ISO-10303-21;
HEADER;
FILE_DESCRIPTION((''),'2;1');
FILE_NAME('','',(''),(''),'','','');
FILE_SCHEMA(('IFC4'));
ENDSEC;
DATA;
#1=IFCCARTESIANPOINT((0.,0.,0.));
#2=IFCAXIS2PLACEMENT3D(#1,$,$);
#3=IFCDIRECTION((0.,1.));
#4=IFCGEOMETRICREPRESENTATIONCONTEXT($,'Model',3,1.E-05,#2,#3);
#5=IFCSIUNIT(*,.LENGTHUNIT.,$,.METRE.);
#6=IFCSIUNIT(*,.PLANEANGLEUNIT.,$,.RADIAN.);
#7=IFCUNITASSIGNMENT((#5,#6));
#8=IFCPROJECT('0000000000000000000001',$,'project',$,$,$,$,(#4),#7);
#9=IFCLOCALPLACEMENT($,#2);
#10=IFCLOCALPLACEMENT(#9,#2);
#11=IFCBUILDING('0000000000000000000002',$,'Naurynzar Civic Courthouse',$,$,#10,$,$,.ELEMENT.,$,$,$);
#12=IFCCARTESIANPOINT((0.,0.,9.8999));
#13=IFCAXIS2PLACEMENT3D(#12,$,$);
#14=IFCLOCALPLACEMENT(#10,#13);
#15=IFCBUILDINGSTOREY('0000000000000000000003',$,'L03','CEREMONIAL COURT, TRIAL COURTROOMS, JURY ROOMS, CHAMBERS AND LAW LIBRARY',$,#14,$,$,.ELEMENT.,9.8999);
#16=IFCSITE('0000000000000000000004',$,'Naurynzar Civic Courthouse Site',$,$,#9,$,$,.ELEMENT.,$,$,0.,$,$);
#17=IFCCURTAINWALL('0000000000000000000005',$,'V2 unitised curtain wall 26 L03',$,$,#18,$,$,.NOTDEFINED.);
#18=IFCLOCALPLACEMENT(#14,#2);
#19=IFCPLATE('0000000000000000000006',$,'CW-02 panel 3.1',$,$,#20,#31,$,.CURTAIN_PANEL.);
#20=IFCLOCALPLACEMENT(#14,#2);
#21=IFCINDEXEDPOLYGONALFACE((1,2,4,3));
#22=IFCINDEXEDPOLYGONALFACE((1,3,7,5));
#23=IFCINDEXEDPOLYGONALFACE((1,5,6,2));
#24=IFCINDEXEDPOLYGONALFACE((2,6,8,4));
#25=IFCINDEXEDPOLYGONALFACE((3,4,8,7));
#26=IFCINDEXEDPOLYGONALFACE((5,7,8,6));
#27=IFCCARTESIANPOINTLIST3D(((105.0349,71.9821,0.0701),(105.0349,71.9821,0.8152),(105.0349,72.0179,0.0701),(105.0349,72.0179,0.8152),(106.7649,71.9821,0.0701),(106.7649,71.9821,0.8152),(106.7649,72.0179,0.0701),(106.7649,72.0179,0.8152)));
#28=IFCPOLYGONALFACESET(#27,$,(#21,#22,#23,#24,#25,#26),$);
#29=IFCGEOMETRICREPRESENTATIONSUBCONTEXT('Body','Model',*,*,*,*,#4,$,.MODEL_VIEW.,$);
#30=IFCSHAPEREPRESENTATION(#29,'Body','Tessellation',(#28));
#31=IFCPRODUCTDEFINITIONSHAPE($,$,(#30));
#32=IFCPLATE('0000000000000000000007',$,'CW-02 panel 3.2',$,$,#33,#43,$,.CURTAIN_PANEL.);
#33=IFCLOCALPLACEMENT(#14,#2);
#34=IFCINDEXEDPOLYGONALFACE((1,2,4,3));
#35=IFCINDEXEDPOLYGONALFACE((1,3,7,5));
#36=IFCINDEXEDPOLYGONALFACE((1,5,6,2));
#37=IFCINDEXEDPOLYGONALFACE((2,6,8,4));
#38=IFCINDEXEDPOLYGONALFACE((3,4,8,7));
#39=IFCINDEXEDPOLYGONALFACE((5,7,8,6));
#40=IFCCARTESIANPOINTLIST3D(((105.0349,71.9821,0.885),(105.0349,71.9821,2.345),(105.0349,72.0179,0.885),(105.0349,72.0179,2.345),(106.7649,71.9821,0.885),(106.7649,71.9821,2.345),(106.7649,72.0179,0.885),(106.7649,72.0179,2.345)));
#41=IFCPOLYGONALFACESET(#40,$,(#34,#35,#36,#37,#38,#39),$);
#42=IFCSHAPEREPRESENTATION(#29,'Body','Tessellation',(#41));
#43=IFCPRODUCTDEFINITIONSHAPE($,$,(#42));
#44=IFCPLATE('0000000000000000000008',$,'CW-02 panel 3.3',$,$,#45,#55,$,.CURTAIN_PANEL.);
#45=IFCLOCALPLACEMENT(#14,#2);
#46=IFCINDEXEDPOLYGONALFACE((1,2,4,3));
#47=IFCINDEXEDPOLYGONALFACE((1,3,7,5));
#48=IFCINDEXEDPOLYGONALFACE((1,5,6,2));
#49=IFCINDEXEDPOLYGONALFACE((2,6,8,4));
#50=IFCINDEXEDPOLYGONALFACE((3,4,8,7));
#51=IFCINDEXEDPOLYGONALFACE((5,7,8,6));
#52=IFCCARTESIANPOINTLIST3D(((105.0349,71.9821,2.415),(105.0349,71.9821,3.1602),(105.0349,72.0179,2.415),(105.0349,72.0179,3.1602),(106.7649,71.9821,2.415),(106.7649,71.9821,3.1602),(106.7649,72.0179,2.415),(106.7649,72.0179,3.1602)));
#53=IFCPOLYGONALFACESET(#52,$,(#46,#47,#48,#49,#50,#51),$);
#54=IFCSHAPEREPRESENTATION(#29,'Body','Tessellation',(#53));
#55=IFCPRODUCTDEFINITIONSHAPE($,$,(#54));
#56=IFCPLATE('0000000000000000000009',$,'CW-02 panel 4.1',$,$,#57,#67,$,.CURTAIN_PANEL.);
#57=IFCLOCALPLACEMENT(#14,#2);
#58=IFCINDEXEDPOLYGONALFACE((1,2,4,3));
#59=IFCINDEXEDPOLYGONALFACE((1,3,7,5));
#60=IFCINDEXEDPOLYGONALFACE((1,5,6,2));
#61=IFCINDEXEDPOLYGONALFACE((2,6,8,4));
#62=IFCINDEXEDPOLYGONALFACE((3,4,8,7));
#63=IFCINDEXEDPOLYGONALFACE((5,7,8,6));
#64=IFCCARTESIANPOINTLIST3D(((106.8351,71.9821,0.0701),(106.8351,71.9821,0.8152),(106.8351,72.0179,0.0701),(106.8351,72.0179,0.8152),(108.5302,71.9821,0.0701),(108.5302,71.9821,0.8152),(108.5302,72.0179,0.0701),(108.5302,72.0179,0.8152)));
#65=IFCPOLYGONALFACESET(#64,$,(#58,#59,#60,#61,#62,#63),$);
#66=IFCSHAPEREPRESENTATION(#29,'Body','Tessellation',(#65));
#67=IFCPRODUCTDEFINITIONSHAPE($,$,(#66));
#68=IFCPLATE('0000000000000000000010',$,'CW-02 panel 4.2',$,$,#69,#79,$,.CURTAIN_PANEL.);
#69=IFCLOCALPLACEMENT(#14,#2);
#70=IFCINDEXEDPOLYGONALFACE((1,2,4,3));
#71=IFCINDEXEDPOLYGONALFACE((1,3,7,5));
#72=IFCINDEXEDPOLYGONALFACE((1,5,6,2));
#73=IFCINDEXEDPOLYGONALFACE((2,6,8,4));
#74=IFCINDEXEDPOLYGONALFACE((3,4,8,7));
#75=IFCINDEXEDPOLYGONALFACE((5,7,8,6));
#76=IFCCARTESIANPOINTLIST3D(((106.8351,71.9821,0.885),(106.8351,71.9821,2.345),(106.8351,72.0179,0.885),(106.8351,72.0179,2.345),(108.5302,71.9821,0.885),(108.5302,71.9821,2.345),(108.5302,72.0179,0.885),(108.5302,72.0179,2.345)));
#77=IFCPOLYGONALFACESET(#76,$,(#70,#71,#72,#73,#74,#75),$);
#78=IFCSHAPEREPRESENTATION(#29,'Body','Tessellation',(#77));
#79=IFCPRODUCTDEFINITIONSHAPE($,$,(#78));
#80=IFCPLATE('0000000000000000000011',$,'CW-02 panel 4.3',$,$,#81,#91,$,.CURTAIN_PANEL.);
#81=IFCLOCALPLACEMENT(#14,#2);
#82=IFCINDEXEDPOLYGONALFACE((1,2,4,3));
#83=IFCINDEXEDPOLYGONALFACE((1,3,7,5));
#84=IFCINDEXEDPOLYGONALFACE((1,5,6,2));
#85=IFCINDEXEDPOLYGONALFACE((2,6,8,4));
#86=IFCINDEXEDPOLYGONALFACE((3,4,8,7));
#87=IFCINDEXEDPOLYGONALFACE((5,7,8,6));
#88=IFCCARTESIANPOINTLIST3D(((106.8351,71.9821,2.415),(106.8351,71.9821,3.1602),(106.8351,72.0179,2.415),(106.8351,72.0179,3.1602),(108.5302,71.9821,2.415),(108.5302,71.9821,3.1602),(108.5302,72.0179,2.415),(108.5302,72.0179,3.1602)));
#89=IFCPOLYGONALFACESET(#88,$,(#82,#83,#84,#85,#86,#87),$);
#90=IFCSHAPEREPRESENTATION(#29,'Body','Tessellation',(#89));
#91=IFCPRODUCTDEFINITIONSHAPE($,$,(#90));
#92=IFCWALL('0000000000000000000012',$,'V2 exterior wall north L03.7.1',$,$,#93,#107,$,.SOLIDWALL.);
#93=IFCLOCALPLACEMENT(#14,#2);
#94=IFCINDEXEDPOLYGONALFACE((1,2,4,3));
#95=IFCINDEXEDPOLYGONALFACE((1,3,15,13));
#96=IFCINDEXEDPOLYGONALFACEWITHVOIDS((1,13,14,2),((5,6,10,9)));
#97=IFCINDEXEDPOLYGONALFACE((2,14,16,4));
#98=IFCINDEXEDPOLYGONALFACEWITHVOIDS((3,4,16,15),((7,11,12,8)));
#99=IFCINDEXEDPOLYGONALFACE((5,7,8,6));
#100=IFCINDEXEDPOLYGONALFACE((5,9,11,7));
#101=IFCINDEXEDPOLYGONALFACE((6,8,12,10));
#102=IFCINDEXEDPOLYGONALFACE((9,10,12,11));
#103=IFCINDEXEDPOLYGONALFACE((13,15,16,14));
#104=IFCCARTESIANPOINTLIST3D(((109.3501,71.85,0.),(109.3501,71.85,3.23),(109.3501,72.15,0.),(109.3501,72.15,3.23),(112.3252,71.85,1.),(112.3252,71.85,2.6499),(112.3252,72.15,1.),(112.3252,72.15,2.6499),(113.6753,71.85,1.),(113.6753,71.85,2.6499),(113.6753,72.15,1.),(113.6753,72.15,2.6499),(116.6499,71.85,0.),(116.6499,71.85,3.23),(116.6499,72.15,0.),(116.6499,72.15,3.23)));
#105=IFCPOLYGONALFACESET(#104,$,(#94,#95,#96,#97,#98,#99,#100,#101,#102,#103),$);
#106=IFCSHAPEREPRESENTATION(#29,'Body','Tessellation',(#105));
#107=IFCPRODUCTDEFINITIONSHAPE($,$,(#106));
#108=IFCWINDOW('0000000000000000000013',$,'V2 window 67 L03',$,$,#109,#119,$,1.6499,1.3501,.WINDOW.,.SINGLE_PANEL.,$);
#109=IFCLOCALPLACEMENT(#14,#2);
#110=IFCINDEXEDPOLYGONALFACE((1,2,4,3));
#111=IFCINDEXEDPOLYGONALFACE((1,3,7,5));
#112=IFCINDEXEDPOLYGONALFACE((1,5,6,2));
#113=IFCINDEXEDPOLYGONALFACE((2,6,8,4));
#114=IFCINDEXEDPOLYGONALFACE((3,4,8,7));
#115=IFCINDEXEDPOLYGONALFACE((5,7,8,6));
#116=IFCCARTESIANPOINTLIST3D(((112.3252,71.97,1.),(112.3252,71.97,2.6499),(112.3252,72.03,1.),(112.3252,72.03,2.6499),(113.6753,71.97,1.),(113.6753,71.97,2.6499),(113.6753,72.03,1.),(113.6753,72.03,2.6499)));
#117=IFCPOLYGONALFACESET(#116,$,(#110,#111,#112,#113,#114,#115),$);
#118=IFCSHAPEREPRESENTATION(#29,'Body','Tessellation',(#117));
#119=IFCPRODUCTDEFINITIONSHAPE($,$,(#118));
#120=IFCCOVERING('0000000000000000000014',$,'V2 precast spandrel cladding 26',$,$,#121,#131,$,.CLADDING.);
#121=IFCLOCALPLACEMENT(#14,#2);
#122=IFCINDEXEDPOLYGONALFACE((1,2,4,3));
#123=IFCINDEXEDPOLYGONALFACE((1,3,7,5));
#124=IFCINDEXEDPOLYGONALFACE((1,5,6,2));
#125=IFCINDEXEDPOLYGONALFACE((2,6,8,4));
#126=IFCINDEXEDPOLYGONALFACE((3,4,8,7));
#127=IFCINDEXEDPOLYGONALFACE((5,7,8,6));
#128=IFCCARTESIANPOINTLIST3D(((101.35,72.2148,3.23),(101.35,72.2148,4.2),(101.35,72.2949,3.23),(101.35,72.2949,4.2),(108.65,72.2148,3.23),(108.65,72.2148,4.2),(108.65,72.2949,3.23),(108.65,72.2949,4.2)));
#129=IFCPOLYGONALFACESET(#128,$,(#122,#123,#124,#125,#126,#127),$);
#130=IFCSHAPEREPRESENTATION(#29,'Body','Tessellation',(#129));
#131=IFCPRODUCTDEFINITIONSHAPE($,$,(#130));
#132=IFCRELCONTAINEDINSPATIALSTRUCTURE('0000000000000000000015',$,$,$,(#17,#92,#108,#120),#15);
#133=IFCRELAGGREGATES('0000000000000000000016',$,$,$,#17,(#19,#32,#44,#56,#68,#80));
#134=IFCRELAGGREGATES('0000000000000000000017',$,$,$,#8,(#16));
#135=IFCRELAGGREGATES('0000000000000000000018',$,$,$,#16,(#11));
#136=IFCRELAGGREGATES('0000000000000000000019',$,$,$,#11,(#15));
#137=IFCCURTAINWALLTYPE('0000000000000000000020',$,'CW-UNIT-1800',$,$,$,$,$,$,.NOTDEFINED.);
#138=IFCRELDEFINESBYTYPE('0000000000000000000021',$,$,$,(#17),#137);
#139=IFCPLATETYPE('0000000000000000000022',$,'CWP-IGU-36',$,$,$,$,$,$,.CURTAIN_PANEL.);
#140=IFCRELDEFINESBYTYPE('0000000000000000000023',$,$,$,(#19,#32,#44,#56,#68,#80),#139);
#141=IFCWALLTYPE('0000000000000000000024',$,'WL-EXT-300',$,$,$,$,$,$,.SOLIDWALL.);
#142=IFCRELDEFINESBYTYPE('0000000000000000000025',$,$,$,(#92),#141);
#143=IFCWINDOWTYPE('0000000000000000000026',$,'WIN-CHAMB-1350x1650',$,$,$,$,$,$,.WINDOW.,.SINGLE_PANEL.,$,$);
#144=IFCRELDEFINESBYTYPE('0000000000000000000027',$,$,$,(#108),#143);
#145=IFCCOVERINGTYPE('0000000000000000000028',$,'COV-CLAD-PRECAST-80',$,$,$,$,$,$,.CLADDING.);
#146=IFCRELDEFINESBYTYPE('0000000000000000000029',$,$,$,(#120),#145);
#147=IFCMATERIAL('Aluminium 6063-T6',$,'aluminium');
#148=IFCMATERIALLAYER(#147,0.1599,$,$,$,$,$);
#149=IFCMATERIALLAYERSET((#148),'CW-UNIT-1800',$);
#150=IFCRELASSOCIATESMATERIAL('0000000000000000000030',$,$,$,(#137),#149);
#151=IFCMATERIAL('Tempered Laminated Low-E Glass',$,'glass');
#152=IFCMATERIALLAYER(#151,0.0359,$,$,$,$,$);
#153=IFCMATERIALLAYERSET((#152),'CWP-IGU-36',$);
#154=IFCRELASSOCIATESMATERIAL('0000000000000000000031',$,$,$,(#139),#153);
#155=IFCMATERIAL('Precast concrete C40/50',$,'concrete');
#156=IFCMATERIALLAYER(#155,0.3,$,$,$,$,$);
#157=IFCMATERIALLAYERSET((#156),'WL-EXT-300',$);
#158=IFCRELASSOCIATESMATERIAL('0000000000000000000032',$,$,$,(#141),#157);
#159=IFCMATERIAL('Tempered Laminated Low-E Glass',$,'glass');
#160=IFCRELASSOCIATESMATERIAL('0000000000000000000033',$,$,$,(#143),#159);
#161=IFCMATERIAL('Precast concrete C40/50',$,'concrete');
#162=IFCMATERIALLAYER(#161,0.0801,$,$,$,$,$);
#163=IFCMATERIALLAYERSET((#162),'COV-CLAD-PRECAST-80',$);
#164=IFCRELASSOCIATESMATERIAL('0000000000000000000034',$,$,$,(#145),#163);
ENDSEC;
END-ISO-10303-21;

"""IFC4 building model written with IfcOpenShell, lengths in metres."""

from ifc_helpers import new_model, si_unit, direction, frame, frame_2d, origin, origin_2d, place, context, subcontext, project, spatial, rectangle, extrude, material, layer, layer_set, type_object, element, fill, aggregate, save


model = new_model("IFC4")

# Units and contexts
model_context = context("Model", 3, precision=1e-05, world=origin(), true_north=direction((0.0, 1.0)))
body_context = subcontext(model_context, "Body", "Model", "MODEL_VIEW")
ifc_project = project(units=[si_unit("LENGTHUNIT", "METRE"), si_unit("PLANEANGLEUNIT", "RADIAN")], contexts=[model_context])

# Site, building, storey
site_placement = place(None, origin())
site = spatial("IfcSite", under=ifc_project, at=site_placement, Name="Naurynzar Civic Courthouse Site", CompositionType="ELEMENT", RefElevation=0.0)
building_placement = place(site_placement, origin())
building = spatial("IfcBuilding", under=site, at=building_placement, Name="Naurynzar Civic Courthouse", CompositionType="ELEMENT")
storey_placement = place(building_placement, frame((0.0, 0.0, 9.8999)))
storey = spatial("IfcBuildingStorey", under=building, at=storey_placement, Name="L03", Description="CEREMONIAL COURT, TRIAL COURTROOMS, JURY ROOMS, CHAMBERS AND LAW LIBRARY", CompositionType="ELEMENT", Elevation=9.8999)

# Curtain wall, plates
ifc_material_1 = material(Name="Aluminium 6063-T6", Category="aluminium")
ifc_layer_1 = layer(ifc_material_1, 0.1599)
ifc_layer_set_1 = layer_set([ifc_layer_1], Name="CW-UNIT-1800")
curtain_wall_type = type_object("IfcCurtainWallType", Name="CW-UNIT-1800", PredefinedType="NOTDEFINED", material=ifc_layer_set_1)
curtain_wall_placement = place(storey_placement, origin())
curtain_wall = element("IfcCurtainWall", 1, at=curtain_wall_placement, inside=storey, type_object=curtain_wall_type, Name="V2 unitised curtain wall 26 L03", PredefinedType="NOTDEFINED")
ifc_material_2 = material(Name="Tempered Laminated Low-E Glass", Category="glass")
ifc_layer_2 = layer(ifc_material_2, 0.0359)
ifc_layer_set_2 = layer_set([ifc_layer_2], Name="CWP-IGU-36")
plate_type = type_object("IfcPlateType", Name="CWP-IGU-36", PredefinedType="CURTAIN_PANEL", material=ifc_layer_set_2)
plate_1_placement = place(storey_placement, frame((105.8999, 72.0, 0.0701), z_axis=(0.0, 0.0, 1.0), x_axis=(1.0, 0.0, 0.0)))
plate_1 = element("IfcPlate", 2, at=plate_1_placement, type_object=plate_type, Name="CW-02 panel 3.1", PredefinedType="CURTAIN_PANEL", context=body_context, shape_type="SweptSolid", body=[
    extrude(rectangle(XDim=1.73, YDim=0.0359, at=origin_2d()), origin(), (0.0, 0.0, 1.0), 0.7451),
])
plate_2_placement = place(storey_placement, frame((105.8999, 72.0, 0.885), z_axis=(0.0, 0.0, 1.0), x_axis=(1.0, 0.0, 0.0)))
plate_2 = element("IfcPlate", 3, at=plate_2_placement, type_object=plate_type, Name="CW-02 panel 3.2", PredefinedType="CURTAIN_PANEL", context=body_context, shape_type="SweptSolid", body=[
    extrude(rectangle(XDim=1.73, YDim=0.0359, at=origin_2d()), origin(), (0.0, 0.0, 1.0), 1.46),
])
plate_3_placement = place(storey_placement, frame((105.8999, 72.0, 2.415), z_axis=(0.0, 0.0, 1.0), x_axis=(1.0, 0.0, 0.0)))
plate_3 = element("IfcPlate", 4, at=plate_3_placement, type_object=plate_type, Name="CW-02 panel 3.3", PredefinedType="CURTAIN_PANEL", context=body_context, shape_type="SweptSolid", body=[
    extrude(rectangle(XDim=1.73, YDim=0.0359, at=origin_2d()), origin(), (0.0, 0.0, 1.0), 0.7451),
])
plate_4_placement = place(storey_placement, frame((107.6826, 72.0, 0.0701), z_axis=(0.0, 0.0, 1.0), x_axis=(1.0, 0.0, 0.0)))
plate_4 = element("IfcPlate", 5, at=plate_4_placement, type_object=plate_type, Name="CW-02 panel 4.1", PredefinedType="CURTAIN_PANEL", context=body_context, shape_type="SweptSolid", body=[
    extrude(rectangle(XDim=1.6951, YDim=0.0359, at=origin_2d()), origin(), (0.0, 0.0, 1.0), 0.7451),
])
plate_5_placement = place(storey_placement, frame((107.6826, 72.0, 0.885), z_axis=(0.0, 0.0, 1.0), x_axis=(1.0, 0.0, 0.0)))
plate_5 = element("IfcPlate", 6, at=plate_5_placement, type_object=plate_type, Name="CW-02 panel 4.2", PredefinedType="CURTAIN_PANEL", context=body_context, shape_type="SweptSolid", body=[
    extrude(rectangle(XDim=1.6951, YDim=0.0359, at=origin_2d()), origin(), (0.0, 0.0, 1.0), 1.46),
])
plate_6_placement = place(storey_placement, frame((107.6826, 72.0, 2.415), z_axis=(0.0, 0.0, 1.0), x_axis=(1.0, 0.0, 0.0)))
plate_6 = element("IfcPlate", 7, at=plate_6_placement, type_object=plate_type, Name="CW-02 panel 4.3", PredefinedType="CURTAIN_PANEL", context=body_context, shape_type="SweptSolid", body=[
    extrude(rectangle(XDim=1.6951, YDim=0.0359, at=origin_2d()), origin(), (0.0, 0.0, 1.0), 0.7451),
])
aggregate(curtain_wall, [plate_1, plate_2, plate_3, plate_4, plate_5, plate_6])

# Wall, opening, window
ifc_material_3 = material(Name="Precast concrete C40/50", Category="concrete")
ifc_layer_3 = layer(ifc_material_3, 0.3)
ifc_layer_set_3 = layer_set([ifc_layer_3], Name="WL-EXT-300")
wall_type = type_object("IfcWallType", Name="WL-EXT-300", PredefinedType="SOLIDWALL", material=ifc_layer_set_3)
wall_placement = place(storey_placement, frame((109.3501, 72.0, 0.0), z_axis=(0.0, 0.0, 1.0), x_axis=(1.0, 0.0, 0.0)))
wall = element("IfcWall", 8, at=wall_placement, inside=storey, type_object=wall_type, Name="V2 exterior wall north L03.7.1", PredefinedType="SOLIDWALL", context=body_context, shape_type="SweptSolid", body=[
    extrude(rectangle(XDim=7.2998, YDim=0.3, at=frame_2d((3.6499, 0.0))), origin(), (0.0, 0.0, 1.0), 3.23),
])
opening_placement = place(wall_placement, frame((2.9751, 0.0, 1.0)))
opening = element("IfcOpeningElement", 9, at=opening_placement, cuts=wall, PredefinedType="OPENING", context=body_context, shape_type="SweptSolid", body=[
    extrude(rectangle(XDim=1.3501, YDim=1.6499, at=frame_2d((0.675, 0.825))), frame((0.0, 0.1599, 0.0), z_axis=(0.0, -1.0, 0.0), x_axis=(1.0, 0.0, 0.0)), (0.0, 0.0, 1.0), 0.3201),
])
ifc_material_4 = material(Name="Tempered Laminated Low-E Glass", Category="glass")
window_type = type_object("IfcWindowType", Name="WIN-CHAMB-1350x1650", PartitioningType="SINGLE_PANEL", PredefinedType="WINDOW", material=ifc_material_4)
window_placement = place(opening_placement, origin())
window = element("IfcWindow", 10, at=window_placement, inside=storey, type_object=window_type, Name="V2 window 67 L03", OverallHeight=1.6499, OverallWidth=1.3501, PartitioningType="SINGLE_PANEL", PredefinedType="WINDOW", context=body_context, shape_type="SweptSolid", body=[
    extrude(rectangle(XDim=1.3501, YDim=1.6499, at=frame_2d((0.675, 0.825))), frame((0.0, 0.03, 0.0), z_axis=(0.0, -1.0, 0.0), x_axis=(1.0, 0.0, 0.0)), (0.0, 0.0, 1.0), 0.0601),
])
fill(opening, window)

# Covering
ifc_material_5 = material(Name="Precast concrete C40/50", Category="concrete")
ifc_layer_4 = layer(ifc_material_5, 0.0801)
ifc_layer_set_4 = layer_set([ifc_layer_4], Name="COV-CLAD-PRECAST-80")
covering_type = type_object("IfcCoveringType", Name="COV-CLAD-PRECAST-80", PredefinedType="CLADDING", material=ifc_layer_set_4)
covering_placement = place(storey_placement, frame((105.0, 72.2549, 3.23), z_axis=(0.0, 0.0, 1.0), x_axis=(1.0, 0.0, 0.0)))
element("IfcCovering", 11, at=covering_placement, inside=storey, type_object=covering_type, Name="V2 precast spandrel cladding 26", PredefinedType="CLADDING", context=body_context, shape_type="SweptSolid", body=[
    extrude(rectangle(XDim=7.3, YDim=0.0801, at=origin_2d()), origin(), (0.0, 0.0, 1.0), 0.97),
])

save(model, "model.ifc")
